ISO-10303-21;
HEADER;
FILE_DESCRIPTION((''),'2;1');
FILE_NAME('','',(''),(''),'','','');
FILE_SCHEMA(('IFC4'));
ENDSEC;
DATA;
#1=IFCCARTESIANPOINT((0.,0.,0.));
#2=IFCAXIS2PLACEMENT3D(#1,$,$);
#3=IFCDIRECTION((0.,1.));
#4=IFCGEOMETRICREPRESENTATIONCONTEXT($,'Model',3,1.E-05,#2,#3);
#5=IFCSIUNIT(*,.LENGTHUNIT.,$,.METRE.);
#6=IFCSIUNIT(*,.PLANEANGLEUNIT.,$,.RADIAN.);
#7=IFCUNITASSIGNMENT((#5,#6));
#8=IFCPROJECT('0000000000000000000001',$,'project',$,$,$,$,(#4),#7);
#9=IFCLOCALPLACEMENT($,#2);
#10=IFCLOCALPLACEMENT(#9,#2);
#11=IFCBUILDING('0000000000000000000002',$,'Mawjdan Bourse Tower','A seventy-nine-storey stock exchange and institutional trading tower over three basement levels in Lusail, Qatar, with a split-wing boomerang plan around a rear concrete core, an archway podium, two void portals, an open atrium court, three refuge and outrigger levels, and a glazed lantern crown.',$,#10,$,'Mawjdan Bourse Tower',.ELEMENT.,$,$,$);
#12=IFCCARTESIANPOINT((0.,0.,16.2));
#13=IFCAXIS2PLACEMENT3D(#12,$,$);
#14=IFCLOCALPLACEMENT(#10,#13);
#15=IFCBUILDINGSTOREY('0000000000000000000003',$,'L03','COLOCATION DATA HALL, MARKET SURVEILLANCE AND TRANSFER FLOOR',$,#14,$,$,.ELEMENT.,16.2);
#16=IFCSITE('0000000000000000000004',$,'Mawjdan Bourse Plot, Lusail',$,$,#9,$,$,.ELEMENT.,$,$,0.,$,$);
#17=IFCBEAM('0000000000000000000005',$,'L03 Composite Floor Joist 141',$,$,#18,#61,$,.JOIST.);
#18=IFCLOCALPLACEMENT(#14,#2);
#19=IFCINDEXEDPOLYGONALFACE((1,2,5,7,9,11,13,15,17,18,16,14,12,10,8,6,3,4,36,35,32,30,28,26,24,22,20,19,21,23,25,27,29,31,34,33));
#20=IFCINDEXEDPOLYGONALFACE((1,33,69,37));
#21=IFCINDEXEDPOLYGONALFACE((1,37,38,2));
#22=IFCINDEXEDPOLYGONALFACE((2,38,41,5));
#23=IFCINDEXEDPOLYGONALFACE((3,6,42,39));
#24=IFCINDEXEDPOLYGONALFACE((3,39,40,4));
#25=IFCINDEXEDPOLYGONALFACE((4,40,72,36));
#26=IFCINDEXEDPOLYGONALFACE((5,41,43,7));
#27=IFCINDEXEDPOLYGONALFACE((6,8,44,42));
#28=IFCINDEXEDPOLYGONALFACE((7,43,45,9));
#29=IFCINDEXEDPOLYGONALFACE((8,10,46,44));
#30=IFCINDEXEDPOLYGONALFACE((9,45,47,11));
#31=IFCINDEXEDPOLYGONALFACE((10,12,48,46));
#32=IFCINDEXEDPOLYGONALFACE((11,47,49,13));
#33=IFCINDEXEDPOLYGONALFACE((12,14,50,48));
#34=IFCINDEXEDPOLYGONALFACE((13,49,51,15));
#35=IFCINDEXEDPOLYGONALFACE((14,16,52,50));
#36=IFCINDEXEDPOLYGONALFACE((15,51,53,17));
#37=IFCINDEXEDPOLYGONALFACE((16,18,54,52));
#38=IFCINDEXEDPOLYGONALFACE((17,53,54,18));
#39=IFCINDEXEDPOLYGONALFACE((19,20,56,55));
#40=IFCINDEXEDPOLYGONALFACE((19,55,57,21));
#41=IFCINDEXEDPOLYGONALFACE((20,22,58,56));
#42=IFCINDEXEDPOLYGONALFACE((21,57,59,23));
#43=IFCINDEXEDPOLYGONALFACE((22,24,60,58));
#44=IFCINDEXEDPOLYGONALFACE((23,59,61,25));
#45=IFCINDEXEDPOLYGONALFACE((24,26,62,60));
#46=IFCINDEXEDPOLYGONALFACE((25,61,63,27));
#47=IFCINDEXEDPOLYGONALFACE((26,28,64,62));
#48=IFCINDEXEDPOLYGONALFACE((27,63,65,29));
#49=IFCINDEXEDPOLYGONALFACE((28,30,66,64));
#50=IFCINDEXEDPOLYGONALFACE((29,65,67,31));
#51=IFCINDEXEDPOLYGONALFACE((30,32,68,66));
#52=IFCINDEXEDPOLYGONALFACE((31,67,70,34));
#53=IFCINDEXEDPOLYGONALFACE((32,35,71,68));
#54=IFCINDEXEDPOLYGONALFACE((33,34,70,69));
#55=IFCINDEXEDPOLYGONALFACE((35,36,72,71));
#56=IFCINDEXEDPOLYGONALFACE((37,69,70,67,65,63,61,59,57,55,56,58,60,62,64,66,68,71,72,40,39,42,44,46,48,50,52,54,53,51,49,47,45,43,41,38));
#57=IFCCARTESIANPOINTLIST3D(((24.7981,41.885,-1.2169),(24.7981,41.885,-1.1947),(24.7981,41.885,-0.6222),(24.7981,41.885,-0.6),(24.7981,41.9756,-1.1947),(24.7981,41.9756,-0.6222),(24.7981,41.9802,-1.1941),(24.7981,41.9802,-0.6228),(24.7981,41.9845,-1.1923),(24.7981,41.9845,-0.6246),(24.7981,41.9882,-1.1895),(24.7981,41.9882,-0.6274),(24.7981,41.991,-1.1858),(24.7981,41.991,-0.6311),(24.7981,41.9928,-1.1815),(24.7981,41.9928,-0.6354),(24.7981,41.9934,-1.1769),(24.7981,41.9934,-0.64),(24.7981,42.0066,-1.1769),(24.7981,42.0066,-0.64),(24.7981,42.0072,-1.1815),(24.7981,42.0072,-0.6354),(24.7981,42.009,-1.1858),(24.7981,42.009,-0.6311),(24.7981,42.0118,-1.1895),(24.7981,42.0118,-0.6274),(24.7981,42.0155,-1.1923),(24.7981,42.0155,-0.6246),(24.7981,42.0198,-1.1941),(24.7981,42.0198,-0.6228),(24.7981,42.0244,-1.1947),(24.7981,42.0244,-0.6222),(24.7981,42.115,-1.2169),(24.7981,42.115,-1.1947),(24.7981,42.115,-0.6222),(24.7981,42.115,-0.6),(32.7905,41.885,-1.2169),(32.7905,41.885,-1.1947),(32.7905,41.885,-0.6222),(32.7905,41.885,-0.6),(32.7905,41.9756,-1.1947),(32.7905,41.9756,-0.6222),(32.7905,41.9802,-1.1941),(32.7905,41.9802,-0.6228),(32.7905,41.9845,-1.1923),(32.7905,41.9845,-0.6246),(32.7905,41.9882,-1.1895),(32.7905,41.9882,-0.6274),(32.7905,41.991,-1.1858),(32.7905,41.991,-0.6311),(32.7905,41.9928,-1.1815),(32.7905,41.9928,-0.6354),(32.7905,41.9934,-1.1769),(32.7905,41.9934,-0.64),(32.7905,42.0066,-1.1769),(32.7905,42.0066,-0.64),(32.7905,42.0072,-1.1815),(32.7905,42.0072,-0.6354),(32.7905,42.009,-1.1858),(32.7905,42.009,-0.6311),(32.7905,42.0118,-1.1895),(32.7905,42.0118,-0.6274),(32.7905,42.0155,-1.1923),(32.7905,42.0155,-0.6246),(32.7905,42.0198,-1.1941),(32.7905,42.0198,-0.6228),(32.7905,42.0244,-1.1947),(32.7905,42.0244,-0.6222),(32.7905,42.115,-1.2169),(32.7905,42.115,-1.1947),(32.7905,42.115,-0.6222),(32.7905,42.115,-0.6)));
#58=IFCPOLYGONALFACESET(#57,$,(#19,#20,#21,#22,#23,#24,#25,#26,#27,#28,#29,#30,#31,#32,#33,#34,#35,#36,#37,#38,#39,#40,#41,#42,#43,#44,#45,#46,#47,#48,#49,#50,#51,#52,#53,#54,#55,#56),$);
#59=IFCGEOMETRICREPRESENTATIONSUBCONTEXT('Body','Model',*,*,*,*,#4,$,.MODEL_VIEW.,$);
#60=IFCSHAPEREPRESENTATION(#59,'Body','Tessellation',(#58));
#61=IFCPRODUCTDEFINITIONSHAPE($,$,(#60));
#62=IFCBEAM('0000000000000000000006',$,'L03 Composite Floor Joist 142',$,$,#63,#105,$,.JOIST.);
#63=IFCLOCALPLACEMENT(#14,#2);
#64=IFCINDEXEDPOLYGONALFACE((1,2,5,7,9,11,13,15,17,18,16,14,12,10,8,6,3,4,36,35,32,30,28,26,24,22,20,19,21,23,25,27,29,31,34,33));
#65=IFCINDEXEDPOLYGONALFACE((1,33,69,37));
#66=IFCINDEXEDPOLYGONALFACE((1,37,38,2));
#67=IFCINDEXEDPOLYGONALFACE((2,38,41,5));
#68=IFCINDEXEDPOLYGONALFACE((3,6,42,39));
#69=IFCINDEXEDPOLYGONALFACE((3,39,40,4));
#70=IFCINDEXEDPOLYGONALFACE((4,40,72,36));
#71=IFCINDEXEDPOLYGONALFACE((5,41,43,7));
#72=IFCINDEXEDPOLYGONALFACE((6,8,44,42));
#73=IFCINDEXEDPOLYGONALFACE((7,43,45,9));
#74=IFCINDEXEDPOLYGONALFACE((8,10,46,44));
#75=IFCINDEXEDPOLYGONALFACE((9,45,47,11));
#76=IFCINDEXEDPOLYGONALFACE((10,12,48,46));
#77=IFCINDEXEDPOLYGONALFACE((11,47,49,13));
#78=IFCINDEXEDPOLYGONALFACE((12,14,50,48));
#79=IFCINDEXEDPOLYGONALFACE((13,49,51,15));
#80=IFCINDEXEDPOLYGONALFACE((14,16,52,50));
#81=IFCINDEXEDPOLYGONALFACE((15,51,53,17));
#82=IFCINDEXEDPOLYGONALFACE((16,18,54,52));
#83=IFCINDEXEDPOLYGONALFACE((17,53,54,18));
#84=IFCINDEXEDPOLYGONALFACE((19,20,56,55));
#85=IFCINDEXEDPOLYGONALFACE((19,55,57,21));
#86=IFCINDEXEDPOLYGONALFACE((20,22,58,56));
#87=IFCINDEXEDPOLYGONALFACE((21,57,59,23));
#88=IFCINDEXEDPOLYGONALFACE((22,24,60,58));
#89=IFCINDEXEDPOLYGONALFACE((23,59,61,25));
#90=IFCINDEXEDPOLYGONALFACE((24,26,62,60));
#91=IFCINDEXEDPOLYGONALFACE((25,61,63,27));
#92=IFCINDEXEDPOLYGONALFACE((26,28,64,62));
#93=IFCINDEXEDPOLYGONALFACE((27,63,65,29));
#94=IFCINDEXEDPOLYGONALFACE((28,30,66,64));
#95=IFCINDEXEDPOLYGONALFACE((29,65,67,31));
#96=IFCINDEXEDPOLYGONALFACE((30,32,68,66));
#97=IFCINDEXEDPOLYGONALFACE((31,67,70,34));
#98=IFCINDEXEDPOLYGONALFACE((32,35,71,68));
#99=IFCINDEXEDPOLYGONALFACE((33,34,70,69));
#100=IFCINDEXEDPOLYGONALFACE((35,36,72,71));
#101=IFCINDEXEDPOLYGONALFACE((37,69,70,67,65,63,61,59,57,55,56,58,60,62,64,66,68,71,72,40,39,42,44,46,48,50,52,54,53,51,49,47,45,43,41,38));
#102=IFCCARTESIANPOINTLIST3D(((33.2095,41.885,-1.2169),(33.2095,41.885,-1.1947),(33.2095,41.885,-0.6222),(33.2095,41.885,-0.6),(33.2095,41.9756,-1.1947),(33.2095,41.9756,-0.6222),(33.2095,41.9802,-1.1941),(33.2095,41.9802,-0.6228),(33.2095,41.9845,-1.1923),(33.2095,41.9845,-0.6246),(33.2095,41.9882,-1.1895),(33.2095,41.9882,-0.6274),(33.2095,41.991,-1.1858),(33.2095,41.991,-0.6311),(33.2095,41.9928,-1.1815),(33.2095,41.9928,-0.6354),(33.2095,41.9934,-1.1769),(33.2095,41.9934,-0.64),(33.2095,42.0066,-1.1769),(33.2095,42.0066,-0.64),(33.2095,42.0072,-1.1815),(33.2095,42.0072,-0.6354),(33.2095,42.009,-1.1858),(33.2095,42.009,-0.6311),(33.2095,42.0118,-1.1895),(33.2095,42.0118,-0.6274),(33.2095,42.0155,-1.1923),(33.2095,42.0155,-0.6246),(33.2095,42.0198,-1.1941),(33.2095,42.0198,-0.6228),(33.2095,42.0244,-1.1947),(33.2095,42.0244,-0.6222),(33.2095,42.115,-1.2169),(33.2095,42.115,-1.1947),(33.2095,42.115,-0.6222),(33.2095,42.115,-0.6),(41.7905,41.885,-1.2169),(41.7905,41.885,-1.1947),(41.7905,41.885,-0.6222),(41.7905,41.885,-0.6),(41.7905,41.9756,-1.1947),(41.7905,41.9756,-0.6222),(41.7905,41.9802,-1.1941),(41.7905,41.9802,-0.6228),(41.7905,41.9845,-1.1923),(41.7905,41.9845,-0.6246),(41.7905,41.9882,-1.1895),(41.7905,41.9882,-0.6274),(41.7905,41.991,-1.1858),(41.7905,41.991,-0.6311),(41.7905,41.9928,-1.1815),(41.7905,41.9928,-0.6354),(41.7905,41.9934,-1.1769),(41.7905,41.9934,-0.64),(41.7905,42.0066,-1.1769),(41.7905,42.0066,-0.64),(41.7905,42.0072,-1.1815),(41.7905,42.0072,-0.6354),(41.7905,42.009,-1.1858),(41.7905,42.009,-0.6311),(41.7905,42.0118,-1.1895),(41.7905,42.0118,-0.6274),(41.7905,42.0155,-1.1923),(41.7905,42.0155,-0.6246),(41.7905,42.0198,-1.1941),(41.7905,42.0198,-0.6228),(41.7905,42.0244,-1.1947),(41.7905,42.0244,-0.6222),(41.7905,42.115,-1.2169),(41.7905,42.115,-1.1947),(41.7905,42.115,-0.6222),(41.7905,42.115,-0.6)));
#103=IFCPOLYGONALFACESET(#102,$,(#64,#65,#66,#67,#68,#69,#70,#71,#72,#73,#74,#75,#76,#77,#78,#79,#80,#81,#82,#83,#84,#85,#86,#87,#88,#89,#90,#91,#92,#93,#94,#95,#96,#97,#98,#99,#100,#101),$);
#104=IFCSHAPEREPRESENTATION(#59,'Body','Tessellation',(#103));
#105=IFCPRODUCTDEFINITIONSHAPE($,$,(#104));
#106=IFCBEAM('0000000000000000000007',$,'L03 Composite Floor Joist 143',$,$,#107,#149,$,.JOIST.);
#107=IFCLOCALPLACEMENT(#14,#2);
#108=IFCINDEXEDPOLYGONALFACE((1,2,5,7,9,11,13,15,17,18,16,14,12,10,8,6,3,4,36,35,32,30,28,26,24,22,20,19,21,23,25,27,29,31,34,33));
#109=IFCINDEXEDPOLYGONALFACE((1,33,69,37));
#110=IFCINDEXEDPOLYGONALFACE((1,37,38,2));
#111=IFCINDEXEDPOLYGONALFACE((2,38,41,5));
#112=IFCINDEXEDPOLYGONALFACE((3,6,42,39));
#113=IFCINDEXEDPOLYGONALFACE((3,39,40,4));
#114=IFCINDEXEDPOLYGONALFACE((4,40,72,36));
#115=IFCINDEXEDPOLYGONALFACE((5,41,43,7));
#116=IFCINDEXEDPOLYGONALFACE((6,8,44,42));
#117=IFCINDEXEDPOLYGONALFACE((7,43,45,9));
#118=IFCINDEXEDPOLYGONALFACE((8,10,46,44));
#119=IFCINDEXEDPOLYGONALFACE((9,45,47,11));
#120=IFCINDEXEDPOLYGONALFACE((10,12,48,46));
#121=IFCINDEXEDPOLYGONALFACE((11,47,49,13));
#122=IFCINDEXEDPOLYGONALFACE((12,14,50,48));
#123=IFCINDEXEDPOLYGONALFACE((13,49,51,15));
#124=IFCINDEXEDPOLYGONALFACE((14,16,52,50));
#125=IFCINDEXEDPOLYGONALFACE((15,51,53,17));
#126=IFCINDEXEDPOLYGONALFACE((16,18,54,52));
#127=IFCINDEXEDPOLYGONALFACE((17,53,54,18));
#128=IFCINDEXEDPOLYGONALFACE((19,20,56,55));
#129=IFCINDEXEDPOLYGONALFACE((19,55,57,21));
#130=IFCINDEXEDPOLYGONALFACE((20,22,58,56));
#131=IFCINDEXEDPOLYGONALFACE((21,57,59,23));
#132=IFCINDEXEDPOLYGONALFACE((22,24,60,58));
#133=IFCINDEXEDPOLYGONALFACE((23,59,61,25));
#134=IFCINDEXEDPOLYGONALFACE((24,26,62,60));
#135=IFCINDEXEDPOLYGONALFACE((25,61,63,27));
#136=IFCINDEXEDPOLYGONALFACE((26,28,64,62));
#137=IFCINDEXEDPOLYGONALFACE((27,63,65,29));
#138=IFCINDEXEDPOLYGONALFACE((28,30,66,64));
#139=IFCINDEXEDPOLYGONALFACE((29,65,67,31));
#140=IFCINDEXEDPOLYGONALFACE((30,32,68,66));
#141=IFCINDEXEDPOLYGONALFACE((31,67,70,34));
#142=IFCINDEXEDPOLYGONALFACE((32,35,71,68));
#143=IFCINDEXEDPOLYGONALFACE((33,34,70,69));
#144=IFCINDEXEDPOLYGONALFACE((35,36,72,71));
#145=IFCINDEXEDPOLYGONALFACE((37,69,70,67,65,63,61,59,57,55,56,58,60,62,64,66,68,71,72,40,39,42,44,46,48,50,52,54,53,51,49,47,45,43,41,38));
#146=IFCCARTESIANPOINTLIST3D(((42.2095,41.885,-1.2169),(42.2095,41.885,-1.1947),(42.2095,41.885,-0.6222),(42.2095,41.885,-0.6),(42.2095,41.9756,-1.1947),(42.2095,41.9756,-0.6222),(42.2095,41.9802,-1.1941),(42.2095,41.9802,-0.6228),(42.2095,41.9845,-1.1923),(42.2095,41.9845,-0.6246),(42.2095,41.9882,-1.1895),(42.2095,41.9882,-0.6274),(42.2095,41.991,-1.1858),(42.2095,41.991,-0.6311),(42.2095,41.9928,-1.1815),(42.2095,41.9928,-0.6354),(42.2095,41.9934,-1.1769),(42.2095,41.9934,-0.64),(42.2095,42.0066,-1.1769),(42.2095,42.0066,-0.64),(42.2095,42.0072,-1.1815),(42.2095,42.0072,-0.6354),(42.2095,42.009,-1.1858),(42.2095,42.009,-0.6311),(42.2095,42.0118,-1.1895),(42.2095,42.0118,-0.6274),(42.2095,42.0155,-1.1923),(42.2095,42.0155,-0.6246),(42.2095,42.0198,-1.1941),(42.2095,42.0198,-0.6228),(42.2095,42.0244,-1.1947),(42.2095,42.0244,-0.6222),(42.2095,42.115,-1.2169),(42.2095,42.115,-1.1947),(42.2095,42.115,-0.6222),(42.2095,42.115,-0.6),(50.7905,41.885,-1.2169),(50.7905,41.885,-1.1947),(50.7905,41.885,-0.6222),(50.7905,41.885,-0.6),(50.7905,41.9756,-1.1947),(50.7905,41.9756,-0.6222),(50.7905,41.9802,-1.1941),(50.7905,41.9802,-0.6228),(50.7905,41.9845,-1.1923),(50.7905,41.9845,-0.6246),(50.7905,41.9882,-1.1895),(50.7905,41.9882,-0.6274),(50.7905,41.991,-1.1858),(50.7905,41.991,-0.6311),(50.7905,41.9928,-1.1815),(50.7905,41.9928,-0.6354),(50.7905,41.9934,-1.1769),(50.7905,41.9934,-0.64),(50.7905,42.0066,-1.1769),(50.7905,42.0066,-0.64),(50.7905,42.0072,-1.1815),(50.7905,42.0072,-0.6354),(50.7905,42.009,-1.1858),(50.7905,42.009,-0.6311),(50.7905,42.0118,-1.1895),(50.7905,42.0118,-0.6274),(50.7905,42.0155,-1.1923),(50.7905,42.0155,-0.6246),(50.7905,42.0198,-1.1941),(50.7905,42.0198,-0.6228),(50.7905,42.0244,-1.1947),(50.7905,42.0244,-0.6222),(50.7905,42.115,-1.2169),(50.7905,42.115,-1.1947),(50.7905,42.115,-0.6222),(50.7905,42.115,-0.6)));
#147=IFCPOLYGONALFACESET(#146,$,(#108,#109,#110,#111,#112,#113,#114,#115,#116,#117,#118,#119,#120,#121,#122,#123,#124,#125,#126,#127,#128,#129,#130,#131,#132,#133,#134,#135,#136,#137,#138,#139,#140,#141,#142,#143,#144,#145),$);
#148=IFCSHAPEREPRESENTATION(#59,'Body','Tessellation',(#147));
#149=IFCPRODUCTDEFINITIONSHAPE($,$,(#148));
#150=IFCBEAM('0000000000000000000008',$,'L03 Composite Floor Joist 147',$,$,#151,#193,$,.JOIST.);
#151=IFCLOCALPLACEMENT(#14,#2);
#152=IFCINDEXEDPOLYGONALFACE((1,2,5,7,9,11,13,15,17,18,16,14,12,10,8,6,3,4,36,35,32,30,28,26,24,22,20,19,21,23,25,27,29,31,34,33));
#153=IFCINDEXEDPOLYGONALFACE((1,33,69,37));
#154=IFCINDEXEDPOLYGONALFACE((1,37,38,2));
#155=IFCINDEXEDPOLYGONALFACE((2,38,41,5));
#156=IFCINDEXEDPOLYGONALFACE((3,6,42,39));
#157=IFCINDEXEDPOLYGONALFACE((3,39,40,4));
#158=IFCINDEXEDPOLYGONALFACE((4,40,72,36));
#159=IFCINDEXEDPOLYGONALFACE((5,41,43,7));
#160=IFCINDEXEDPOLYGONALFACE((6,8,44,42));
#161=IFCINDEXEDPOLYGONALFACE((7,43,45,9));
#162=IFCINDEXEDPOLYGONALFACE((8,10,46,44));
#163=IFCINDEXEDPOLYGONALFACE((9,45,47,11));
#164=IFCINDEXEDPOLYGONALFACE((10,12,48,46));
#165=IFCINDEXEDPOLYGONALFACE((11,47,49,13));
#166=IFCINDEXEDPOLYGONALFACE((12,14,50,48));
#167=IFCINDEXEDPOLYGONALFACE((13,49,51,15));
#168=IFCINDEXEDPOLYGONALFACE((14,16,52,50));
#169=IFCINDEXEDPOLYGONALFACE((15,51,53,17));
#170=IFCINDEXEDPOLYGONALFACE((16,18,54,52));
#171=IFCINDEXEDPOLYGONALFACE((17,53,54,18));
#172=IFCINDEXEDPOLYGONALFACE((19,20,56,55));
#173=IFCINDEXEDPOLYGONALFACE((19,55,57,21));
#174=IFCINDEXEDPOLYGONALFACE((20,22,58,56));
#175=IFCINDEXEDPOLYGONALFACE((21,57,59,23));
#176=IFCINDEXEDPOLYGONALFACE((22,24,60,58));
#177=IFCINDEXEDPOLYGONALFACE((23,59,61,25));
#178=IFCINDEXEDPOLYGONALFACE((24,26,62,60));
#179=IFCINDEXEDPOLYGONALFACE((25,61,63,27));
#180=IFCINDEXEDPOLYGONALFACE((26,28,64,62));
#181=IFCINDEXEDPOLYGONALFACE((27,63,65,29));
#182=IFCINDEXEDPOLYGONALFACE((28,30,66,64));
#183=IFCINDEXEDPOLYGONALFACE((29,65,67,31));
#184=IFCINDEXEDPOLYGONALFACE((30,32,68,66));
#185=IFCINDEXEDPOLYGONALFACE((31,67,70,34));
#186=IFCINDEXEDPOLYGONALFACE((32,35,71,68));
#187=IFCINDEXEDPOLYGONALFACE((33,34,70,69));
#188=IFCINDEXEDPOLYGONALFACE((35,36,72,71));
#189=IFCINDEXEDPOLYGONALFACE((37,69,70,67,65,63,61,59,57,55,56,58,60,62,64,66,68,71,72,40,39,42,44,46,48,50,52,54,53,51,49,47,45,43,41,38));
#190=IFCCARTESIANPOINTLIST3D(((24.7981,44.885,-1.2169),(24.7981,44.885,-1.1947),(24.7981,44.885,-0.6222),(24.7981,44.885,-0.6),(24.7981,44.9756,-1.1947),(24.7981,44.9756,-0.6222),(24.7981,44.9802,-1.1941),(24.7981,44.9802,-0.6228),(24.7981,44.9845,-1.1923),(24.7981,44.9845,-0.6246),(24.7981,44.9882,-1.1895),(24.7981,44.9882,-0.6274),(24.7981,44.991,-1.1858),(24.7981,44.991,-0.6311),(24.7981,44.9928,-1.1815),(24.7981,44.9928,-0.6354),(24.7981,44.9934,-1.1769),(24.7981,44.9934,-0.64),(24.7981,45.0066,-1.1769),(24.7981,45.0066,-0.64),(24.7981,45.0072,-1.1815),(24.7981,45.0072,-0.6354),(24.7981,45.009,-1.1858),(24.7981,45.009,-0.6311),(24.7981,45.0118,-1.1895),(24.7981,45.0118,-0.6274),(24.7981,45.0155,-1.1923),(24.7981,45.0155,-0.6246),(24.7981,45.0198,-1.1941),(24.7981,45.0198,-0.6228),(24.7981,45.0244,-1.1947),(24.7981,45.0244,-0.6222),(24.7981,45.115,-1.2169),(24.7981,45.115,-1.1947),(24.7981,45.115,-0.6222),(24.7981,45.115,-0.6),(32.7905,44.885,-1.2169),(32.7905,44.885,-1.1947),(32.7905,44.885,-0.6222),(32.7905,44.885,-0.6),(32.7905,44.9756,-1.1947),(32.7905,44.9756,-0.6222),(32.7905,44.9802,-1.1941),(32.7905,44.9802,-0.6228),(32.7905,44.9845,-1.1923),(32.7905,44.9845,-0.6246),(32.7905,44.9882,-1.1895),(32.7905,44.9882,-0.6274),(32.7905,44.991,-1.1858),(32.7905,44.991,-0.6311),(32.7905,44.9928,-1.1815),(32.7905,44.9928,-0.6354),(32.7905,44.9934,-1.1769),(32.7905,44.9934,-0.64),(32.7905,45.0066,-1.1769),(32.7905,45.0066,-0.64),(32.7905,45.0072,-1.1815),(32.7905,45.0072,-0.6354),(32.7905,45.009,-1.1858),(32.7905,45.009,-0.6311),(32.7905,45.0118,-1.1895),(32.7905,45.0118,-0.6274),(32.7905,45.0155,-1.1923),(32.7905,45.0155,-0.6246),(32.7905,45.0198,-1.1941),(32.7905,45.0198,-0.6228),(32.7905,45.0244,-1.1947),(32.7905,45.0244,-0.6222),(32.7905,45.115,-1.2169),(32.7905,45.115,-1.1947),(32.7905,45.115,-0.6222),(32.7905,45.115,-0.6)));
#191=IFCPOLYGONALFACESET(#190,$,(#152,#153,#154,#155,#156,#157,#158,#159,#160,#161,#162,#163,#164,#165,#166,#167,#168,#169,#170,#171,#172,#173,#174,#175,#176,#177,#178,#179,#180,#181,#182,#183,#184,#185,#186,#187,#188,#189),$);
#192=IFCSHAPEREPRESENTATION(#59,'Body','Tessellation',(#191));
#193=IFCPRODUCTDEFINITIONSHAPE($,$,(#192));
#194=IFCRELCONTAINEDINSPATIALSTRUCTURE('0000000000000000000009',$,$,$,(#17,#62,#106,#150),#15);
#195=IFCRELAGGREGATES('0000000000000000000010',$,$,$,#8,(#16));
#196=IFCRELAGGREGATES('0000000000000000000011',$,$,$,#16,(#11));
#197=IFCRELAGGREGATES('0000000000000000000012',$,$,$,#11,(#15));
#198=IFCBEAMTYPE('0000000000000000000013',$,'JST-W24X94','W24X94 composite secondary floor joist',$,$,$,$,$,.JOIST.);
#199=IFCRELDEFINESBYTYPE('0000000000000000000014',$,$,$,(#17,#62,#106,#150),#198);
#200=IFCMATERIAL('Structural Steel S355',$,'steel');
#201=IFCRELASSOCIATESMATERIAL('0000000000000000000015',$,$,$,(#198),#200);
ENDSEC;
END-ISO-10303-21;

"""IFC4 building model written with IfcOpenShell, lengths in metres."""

from ifc_helpers import new_model, si_unit, direction, frame, origin, origin_2d, place, context, subcontext, project, spatial, i_section, extrude, material, material_profile, profile_set, type_object, element, save


model = new_model("IFC4")

# Units and contexts
model_context = context("Model", 3, precision=1e-05, world=origin(), true_north=direction((0.0, 1.0)))
body_context = subcontext(model_context, "Body", "Model", "MODEL_VIEW")
ifc_project = project(units=[si_unit("LENGTHUNIT", "METRE"), si_unit("PLANEANGLEUNIT", "RADIAN")], contexts=[model_context])

# Site, building, storey
site_placement = place(None, origin())
site = spatial("IfcSite", under=ifc_project, at=site_placement, Name="Mawjdan Bourse Plot, Lusail", CompositionType="ELEMENT", RefElevation=0.0)
building_placement = place(site_placement, origin())
building = spatial("IfcBuilding", under=site, at=building_placement, Name="Mawjdan Bourse Tower", Description="A seventy-nine-storey stock exchange and institutional trading tower over three basement levels in Lusail, Qatar, with a split-wing boomerang plan around a rear concrete core, an archway podium, two void portals, an open atrium court, three refuge and outrigger levels, and a glazed lantern crown.", LongName="Mawjdan Bourse Tower", CompositionType="ELEMENT")
storey_placement = place(building_placement, frame((0.0, 0.0, 16.2)))
storey = spatial("IfcBuildingStorey", under=building, at=storey_placement, Name="L03", Description="COLOCATION DATA HALL, MARKET SURVEILLANCE AND TRANSFER FLOOR", CompositionType="ELEMENT", Elevation=16.2)

# Beams
ifc_material_1 = material(Name="Structural Steel S355", Category="steel")
ifc_material_profile_1 = material_profile(ifc_material_1, i_section(OverallWidth=0.23, OverallDepth=0.6169, WebThickness=0.0132, FlangeThickness=0.0222, FilletRadius=0.0178, at=origin_2d()), Name="W24X94")
ifc_profile_set_1 = profile_set([ifc_material_profile_1], Name="Structural Steel S355")
beam_type_1 = type_object("IfcBeamType", Name="JST-W24X94", Description="W24X94 composite secondary floor joist", PredefinedType="JOIST", material=ifc_profile_set_1)
beam_1_placement = place(storey_placement, frame((24.7981, 42.0, -0.9084), z_axis=(1.0, 0.0, 0.0), x_axis=(0.0, 1.0, 0.0)))
element("IfcBeam", 1, at=beam_1_placement, inside=storey, type_object=beam_type_1, Name="L03 Composite Floor Joist 141", PredefinedType="JOIST", context=body_context, shape_type="SweptSolid", body=[
    extrude(i_section(OverallWidth=0.23, OverallDepth=0.6169, WebThickness=0.0132, FlangeThickness=0.0222, FilletRadius=0.0178, at=origin_2d()), origin(), (0.0, 0.0, 1.0), 7.9924),
])
for number, where, z_axis, x_axis, name in (
    (2, (33.2095, 42.0, -0.9084), (1.0, 0.0, 0.0), (0.0, 1.0, 0.0), "L03 Composite Floor Joist 142"),
    (3, (42.2095, 42.0, -0.9084), (1.0, 0.0, 0.0), (0.0, 1.0, 0.0), "L03 Composite Floor Joist 143"),
):
    element("IfcBeam", number, at=place(storey_placement, frame(where, z_axis=z_axis, x_axis=x_axis)), inside=storey, type_object=beam_type_1, Name=name, PredefinedType="JOIST", context=body_context, shape_type="SweptSolid", body=[
        extrude(i_section(OverallWidth=0.23, OverallDepth=0.6169, WebThickness=0.0132, FlangeThickness=0.0222, FilletRadius=0.0178, at=origin_2d()), origin(), (0.0, 0.0, 1.0), 8.5811),
    ])
beam_2_placement = place(storey_placement, frame((24.7981, 45.0, -0.9084), z_axis=(1.0, 0.0, 0.0), x_axis=(0.0, 1.0, 0.0)))
element("IfcBeam", 4, at=beam_2_placement, inside=storey, type_object=beam_type_1, Name="L03 Composite Floor Joist 147", PredefinedType="JOIST", context=body_context, shape_type="SweptSolid", body=[
    extrude(i_section(OverallWidth=0.23, OverallDepth=0.6169, WebThickness=0.0132, FlangeThickness=0.0222, FilletRadius=0.0178, at=origin_2d()), origin(), (0.0, 0.0, 1.0), 7.9924),
])

save(model, "model.ifc")
